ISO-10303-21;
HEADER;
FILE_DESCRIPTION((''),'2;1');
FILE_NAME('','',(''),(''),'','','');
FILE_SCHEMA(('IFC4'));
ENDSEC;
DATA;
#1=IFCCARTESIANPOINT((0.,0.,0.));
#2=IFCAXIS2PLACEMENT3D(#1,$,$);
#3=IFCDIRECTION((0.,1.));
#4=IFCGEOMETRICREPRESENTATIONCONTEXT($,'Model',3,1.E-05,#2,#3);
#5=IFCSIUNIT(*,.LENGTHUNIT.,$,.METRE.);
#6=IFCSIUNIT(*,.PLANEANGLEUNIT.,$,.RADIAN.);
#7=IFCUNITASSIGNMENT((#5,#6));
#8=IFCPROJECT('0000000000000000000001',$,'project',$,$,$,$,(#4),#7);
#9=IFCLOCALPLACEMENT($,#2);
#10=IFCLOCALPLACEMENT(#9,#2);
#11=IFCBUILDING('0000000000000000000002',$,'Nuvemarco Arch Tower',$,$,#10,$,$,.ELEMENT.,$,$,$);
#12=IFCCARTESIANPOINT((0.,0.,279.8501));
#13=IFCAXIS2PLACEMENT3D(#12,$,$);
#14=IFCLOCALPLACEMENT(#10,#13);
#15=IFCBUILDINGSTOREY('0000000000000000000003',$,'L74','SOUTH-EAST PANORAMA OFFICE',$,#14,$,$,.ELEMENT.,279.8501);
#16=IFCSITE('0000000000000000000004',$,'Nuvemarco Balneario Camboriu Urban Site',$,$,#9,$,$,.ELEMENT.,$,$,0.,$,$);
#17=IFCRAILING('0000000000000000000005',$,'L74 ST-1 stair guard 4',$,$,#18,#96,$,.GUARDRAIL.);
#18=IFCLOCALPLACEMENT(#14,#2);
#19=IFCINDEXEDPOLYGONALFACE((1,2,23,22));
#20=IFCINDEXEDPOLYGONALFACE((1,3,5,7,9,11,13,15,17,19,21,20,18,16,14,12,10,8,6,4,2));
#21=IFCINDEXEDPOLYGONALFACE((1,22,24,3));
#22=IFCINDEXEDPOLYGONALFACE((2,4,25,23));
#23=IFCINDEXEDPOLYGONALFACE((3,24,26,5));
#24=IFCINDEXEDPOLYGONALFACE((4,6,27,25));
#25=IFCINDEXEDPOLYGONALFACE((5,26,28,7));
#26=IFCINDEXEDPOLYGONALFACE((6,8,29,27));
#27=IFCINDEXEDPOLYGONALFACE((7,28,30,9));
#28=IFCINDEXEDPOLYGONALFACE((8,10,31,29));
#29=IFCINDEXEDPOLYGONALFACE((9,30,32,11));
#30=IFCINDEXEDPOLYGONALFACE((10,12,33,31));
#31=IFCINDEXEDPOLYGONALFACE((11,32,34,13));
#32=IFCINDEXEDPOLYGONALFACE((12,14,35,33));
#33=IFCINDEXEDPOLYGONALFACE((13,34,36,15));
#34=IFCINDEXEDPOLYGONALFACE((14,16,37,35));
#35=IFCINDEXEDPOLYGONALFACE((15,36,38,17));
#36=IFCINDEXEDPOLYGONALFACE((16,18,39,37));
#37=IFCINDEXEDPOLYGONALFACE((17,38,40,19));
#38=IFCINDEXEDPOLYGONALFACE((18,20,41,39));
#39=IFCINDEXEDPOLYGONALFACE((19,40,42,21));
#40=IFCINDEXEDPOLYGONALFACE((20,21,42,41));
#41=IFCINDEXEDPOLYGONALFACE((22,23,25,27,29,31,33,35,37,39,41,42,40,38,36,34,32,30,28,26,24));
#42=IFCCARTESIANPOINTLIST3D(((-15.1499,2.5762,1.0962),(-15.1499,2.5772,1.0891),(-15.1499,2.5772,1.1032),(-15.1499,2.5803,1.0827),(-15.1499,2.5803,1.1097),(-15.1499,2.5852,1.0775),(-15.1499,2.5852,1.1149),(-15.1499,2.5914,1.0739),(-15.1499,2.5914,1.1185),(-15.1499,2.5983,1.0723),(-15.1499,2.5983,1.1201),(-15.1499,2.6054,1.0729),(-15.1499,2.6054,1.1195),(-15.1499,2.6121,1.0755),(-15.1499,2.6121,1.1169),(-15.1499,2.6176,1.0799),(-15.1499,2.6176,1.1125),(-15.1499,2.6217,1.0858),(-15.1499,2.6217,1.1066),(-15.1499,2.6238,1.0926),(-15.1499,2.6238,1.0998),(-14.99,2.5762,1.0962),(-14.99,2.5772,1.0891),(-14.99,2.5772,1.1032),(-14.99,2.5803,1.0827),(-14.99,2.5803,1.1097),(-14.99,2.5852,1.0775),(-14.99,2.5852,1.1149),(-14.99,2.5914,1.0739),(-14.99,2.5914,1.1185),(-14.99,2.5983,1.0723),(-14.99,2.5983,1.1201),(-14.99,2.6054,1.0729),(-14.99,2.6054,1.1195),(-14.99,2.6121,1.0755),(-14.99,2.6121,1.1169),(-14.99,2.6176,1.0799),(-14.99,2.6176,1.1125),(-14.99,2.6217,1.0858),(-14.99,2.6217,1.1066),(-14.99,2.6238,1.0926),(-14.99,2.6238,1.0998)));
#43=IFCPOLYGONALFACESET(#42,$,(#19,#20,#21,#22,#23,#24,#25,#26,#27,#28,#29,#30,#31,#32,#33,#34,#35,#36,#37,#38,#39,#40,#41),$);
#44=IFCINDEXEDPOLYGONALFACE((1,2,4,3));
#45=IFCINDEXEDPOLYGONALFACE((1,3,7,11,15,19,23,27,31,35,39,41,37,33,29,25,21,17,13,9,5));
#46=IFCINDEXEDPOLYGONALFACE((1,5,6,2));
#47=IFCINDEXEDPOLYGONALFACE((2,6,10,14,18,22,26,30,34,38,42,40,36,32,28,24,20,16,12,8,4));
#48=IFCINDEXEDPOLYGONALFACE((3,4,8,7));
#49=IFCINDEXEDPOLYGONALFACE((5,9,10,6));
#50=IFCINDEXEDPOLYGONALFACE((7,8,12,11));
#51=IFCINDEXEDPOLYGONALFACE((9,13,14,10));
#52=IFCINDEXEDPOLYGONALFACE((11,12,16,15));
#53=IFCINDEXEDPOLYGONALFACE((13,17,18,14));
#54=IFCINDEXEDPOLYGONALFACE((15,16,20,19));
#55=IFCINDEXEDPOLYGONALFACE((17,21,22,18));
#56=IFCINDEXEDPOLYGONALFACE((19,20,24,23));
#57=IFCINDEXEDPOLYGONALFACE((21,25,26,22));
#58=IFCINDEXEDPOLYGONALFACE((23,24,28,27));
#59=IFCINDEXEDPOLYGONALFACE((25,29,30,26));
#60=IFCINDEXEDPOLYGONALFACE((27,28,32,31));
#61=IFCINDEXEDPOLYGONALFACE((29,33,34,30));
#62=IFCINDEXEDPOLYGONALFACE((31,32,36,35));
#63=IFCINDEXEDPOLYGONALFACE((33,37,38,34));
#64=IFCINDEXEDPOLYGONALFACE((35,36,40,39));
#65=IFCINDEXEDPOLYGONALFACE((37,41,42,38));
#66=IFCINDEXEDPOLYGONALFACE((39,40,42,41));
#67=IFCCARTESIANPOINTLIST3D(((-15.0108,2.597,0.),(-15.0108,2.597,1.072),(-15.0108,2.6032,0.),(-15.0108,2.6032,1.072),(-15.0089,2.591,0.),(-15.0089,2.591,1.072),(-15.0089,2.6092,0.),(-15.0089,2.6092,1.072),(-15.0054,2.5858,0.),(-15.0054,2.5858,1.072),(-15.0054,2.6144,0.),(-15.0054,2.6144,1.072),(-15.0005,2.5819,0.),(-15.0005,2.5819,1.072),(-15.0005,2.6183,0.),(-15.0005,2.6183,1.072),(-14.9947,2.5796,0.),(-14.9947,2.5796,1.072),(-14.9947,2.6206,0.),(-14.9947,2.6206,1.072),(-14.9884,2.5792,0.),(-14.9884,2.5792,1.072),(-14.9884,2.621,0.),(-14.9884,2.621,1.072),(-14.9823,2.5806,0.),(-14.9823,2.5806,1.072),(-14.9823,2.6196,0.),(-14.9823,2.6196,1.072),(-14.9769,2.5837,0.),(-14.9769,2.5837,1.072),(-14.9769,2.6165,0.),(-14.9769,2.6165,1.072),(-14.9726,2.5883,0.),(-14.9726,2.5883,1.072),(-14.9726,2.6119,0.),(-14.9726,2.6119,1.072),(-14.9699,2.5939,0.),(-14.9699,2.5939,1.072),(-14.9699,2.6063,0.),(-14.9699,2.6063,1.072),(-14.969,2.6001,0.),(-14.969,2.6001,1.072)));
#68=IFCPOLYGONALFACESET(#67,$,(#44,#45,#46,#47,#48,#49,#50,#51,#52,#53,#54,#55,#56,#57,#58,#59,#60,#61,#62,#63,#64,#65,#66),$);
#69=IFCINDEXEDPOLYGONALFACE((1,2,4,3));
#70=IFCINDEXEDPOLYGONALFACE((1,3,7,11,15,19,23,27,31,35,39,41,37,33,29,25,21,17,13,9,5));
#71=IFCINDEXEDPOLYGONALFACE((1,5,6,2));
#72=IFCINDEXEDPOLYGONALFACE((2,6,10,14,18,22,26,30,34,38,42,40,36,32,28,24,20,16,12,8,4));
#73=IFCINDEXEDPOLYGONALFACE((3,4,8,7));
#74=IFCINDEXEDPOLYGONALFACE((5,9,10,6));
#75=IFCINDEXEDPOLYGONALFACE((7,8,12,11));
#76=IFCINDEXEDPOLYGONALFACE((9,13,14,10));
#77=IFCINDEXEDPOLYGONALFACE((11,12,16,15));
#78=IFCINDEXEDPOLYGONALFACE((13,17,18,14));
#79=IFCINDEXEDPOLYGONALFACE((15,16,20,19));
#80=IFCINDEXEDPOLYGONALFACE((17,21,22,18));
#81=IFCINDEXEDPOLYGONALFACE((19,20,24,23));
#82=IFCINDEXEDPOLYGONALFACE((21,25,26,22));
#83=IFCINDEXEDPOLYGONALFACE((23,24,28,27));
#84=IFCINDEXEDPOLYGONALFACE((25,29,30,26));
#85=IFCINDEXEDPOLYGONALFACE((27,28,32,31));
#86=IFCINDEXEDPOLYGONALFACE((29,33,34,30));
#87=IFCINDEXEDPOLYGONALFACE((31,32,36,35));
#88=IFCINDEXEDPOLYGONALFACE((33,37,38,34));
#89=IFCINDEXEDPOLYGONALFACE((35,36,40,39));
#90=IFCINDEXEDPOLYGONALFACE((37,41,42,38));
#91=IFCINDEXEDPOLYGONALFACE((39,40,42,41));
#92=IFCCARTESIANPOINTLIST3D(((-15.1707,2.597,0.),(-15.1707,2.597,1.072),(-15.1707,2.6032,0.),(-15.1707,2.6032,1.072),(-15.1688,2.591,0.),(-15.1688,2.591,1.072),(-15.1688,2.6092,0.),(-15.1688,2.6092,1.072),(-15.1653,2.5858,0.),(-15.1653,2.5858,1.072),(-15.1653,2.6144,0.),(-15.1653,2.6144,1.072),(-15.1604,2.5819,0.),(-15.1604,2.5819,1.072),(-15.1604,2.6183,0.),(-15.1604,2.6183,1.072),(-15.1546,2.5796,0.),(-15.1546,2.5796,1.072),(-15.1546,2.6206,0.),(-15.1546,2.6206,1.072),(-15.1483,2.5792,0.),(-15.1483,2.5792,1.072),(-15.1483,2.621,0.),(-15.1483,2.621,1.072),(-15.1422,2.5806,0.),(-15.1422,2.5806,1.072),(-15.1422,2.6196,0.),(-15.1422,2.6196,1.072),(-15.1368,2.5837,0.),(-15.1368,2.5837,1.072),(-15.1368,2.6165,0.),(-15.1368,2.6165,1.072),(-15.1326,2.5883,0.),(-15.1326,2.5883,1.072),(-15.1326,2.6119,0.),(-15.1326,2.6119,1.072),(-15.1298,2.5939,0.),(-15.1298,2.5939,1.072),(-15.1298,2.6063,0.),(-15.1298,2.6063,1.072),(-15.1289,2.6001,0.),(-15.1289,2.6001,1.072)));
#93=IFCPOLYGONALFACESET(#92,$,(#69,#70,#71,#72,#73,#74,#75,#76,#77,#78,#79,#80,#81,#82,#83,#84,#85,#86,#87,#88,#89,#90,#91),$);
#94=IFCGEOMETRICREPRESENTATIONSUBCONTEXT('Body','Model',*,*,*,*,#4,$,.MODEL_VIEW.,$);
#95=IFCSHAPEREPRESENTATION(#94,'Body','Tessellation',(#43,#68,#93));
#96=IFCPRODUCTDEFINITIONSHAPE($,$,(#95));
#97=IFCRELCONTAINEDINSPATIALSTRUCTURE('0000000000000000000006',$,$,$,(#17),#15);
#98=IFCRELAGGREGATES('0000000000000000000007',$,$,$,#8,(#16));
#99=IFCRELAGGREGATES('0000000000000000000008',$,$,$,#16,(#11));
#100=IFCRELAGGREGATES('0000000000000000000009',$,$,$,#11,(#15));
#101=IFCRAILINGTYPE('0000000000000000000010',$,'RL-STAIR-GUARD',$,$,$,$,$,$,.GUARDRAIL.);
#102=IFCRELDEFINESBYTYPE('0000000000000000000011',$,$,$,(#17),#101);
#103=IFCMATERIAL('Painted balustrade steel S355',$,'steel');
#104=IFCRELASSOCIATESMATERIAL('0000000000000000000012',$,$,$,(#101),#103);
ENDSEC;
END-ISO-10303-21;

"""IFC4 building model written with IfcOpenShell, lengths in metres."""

from ifc_helpers import new_model, si_unit, direction, frame, origin, origin_2d, place, context, subcontext, project, spatial, circle, extrude, material, type_object, element, save


model = new_model("IFC4")

# Units and contexts
model_context = context("Model", 3, precision=1e-05, world=origin(), true_north=direction((0.0, 1.0)))
body_context = subcontext(model_context, "Body", "Model", "MODEL_VIEW")
ifc_project = project(units=[si_unit("LENGTHUNIT", "METRE"), si_unit("PLANEANGLEUNIT", "RADIAN")], contexts=[model_context])

# Site, building, storey
site_placement = place(None, origin())
site = spatial("IfcSite", under=ifc_project, at=site_placement, Name="Nuvemarco Balneario Camboriu Urban Site", CompositionType="ELEMENT", RefElevation=0.0)
building_placement = place(site_placement, origin())
building = spatial("IfcBuilding", under=site, at=building_placement, Name="Nuvemarco Arch Tower", CompositionType="ELEMENT")
storey_placement = place(building_placement, frame((0.0, 0.0, 279.8501)))
storey = spatial("IfcBuildingStorey", under=building, at=storey_placement, Name="L74", Description="SOUTH-EAST PANORAMA OFFICE", CompositionType="ELEMENT", Elevation=279.8501)

# Railing
ifc_material_1 = material(Name="Painted balustrade steel S355", Category="steel")
railing_type_1 = type_object("IfcRailingType", Name="RL-STAIR-GUARD", PredefinedType="GUARDRAIL", material=ifc_material_1)
railing_1_placement = place(storey_placement, frame((-14.99, 2.6001, 0.0)))
element("IfcRailing", 1, at=railing_1_placement, inside=storey, type_object=railing_type_1, Name="L74 ST-1 stair guard 4", PredefinedType="GUARDRAIL", context=body_context, shape_type="SweptSolid", body=[
    extrude(circle(Radius=0.0239, at=origin_2d()), frame((0.0, 0.0, 1.0962), z_axis=(-1.0, 0.0, 0.0), x_axis=(0.0, -1.0, 0.0)), (0.0, 0.0, 1.0), 0.1599),
    extrude(circle(Radius=0.021, at=origin_2d()), origin(), (0.0, 0.0, 1.0), 1.072),
    extrude(circle(Radius=0.021, at=origin_2d()), frame((-0.1599, 0.0, 0.0)), (0.0, 0.0, 1.0), 1.072),
])

save(model, "model.ifc")
